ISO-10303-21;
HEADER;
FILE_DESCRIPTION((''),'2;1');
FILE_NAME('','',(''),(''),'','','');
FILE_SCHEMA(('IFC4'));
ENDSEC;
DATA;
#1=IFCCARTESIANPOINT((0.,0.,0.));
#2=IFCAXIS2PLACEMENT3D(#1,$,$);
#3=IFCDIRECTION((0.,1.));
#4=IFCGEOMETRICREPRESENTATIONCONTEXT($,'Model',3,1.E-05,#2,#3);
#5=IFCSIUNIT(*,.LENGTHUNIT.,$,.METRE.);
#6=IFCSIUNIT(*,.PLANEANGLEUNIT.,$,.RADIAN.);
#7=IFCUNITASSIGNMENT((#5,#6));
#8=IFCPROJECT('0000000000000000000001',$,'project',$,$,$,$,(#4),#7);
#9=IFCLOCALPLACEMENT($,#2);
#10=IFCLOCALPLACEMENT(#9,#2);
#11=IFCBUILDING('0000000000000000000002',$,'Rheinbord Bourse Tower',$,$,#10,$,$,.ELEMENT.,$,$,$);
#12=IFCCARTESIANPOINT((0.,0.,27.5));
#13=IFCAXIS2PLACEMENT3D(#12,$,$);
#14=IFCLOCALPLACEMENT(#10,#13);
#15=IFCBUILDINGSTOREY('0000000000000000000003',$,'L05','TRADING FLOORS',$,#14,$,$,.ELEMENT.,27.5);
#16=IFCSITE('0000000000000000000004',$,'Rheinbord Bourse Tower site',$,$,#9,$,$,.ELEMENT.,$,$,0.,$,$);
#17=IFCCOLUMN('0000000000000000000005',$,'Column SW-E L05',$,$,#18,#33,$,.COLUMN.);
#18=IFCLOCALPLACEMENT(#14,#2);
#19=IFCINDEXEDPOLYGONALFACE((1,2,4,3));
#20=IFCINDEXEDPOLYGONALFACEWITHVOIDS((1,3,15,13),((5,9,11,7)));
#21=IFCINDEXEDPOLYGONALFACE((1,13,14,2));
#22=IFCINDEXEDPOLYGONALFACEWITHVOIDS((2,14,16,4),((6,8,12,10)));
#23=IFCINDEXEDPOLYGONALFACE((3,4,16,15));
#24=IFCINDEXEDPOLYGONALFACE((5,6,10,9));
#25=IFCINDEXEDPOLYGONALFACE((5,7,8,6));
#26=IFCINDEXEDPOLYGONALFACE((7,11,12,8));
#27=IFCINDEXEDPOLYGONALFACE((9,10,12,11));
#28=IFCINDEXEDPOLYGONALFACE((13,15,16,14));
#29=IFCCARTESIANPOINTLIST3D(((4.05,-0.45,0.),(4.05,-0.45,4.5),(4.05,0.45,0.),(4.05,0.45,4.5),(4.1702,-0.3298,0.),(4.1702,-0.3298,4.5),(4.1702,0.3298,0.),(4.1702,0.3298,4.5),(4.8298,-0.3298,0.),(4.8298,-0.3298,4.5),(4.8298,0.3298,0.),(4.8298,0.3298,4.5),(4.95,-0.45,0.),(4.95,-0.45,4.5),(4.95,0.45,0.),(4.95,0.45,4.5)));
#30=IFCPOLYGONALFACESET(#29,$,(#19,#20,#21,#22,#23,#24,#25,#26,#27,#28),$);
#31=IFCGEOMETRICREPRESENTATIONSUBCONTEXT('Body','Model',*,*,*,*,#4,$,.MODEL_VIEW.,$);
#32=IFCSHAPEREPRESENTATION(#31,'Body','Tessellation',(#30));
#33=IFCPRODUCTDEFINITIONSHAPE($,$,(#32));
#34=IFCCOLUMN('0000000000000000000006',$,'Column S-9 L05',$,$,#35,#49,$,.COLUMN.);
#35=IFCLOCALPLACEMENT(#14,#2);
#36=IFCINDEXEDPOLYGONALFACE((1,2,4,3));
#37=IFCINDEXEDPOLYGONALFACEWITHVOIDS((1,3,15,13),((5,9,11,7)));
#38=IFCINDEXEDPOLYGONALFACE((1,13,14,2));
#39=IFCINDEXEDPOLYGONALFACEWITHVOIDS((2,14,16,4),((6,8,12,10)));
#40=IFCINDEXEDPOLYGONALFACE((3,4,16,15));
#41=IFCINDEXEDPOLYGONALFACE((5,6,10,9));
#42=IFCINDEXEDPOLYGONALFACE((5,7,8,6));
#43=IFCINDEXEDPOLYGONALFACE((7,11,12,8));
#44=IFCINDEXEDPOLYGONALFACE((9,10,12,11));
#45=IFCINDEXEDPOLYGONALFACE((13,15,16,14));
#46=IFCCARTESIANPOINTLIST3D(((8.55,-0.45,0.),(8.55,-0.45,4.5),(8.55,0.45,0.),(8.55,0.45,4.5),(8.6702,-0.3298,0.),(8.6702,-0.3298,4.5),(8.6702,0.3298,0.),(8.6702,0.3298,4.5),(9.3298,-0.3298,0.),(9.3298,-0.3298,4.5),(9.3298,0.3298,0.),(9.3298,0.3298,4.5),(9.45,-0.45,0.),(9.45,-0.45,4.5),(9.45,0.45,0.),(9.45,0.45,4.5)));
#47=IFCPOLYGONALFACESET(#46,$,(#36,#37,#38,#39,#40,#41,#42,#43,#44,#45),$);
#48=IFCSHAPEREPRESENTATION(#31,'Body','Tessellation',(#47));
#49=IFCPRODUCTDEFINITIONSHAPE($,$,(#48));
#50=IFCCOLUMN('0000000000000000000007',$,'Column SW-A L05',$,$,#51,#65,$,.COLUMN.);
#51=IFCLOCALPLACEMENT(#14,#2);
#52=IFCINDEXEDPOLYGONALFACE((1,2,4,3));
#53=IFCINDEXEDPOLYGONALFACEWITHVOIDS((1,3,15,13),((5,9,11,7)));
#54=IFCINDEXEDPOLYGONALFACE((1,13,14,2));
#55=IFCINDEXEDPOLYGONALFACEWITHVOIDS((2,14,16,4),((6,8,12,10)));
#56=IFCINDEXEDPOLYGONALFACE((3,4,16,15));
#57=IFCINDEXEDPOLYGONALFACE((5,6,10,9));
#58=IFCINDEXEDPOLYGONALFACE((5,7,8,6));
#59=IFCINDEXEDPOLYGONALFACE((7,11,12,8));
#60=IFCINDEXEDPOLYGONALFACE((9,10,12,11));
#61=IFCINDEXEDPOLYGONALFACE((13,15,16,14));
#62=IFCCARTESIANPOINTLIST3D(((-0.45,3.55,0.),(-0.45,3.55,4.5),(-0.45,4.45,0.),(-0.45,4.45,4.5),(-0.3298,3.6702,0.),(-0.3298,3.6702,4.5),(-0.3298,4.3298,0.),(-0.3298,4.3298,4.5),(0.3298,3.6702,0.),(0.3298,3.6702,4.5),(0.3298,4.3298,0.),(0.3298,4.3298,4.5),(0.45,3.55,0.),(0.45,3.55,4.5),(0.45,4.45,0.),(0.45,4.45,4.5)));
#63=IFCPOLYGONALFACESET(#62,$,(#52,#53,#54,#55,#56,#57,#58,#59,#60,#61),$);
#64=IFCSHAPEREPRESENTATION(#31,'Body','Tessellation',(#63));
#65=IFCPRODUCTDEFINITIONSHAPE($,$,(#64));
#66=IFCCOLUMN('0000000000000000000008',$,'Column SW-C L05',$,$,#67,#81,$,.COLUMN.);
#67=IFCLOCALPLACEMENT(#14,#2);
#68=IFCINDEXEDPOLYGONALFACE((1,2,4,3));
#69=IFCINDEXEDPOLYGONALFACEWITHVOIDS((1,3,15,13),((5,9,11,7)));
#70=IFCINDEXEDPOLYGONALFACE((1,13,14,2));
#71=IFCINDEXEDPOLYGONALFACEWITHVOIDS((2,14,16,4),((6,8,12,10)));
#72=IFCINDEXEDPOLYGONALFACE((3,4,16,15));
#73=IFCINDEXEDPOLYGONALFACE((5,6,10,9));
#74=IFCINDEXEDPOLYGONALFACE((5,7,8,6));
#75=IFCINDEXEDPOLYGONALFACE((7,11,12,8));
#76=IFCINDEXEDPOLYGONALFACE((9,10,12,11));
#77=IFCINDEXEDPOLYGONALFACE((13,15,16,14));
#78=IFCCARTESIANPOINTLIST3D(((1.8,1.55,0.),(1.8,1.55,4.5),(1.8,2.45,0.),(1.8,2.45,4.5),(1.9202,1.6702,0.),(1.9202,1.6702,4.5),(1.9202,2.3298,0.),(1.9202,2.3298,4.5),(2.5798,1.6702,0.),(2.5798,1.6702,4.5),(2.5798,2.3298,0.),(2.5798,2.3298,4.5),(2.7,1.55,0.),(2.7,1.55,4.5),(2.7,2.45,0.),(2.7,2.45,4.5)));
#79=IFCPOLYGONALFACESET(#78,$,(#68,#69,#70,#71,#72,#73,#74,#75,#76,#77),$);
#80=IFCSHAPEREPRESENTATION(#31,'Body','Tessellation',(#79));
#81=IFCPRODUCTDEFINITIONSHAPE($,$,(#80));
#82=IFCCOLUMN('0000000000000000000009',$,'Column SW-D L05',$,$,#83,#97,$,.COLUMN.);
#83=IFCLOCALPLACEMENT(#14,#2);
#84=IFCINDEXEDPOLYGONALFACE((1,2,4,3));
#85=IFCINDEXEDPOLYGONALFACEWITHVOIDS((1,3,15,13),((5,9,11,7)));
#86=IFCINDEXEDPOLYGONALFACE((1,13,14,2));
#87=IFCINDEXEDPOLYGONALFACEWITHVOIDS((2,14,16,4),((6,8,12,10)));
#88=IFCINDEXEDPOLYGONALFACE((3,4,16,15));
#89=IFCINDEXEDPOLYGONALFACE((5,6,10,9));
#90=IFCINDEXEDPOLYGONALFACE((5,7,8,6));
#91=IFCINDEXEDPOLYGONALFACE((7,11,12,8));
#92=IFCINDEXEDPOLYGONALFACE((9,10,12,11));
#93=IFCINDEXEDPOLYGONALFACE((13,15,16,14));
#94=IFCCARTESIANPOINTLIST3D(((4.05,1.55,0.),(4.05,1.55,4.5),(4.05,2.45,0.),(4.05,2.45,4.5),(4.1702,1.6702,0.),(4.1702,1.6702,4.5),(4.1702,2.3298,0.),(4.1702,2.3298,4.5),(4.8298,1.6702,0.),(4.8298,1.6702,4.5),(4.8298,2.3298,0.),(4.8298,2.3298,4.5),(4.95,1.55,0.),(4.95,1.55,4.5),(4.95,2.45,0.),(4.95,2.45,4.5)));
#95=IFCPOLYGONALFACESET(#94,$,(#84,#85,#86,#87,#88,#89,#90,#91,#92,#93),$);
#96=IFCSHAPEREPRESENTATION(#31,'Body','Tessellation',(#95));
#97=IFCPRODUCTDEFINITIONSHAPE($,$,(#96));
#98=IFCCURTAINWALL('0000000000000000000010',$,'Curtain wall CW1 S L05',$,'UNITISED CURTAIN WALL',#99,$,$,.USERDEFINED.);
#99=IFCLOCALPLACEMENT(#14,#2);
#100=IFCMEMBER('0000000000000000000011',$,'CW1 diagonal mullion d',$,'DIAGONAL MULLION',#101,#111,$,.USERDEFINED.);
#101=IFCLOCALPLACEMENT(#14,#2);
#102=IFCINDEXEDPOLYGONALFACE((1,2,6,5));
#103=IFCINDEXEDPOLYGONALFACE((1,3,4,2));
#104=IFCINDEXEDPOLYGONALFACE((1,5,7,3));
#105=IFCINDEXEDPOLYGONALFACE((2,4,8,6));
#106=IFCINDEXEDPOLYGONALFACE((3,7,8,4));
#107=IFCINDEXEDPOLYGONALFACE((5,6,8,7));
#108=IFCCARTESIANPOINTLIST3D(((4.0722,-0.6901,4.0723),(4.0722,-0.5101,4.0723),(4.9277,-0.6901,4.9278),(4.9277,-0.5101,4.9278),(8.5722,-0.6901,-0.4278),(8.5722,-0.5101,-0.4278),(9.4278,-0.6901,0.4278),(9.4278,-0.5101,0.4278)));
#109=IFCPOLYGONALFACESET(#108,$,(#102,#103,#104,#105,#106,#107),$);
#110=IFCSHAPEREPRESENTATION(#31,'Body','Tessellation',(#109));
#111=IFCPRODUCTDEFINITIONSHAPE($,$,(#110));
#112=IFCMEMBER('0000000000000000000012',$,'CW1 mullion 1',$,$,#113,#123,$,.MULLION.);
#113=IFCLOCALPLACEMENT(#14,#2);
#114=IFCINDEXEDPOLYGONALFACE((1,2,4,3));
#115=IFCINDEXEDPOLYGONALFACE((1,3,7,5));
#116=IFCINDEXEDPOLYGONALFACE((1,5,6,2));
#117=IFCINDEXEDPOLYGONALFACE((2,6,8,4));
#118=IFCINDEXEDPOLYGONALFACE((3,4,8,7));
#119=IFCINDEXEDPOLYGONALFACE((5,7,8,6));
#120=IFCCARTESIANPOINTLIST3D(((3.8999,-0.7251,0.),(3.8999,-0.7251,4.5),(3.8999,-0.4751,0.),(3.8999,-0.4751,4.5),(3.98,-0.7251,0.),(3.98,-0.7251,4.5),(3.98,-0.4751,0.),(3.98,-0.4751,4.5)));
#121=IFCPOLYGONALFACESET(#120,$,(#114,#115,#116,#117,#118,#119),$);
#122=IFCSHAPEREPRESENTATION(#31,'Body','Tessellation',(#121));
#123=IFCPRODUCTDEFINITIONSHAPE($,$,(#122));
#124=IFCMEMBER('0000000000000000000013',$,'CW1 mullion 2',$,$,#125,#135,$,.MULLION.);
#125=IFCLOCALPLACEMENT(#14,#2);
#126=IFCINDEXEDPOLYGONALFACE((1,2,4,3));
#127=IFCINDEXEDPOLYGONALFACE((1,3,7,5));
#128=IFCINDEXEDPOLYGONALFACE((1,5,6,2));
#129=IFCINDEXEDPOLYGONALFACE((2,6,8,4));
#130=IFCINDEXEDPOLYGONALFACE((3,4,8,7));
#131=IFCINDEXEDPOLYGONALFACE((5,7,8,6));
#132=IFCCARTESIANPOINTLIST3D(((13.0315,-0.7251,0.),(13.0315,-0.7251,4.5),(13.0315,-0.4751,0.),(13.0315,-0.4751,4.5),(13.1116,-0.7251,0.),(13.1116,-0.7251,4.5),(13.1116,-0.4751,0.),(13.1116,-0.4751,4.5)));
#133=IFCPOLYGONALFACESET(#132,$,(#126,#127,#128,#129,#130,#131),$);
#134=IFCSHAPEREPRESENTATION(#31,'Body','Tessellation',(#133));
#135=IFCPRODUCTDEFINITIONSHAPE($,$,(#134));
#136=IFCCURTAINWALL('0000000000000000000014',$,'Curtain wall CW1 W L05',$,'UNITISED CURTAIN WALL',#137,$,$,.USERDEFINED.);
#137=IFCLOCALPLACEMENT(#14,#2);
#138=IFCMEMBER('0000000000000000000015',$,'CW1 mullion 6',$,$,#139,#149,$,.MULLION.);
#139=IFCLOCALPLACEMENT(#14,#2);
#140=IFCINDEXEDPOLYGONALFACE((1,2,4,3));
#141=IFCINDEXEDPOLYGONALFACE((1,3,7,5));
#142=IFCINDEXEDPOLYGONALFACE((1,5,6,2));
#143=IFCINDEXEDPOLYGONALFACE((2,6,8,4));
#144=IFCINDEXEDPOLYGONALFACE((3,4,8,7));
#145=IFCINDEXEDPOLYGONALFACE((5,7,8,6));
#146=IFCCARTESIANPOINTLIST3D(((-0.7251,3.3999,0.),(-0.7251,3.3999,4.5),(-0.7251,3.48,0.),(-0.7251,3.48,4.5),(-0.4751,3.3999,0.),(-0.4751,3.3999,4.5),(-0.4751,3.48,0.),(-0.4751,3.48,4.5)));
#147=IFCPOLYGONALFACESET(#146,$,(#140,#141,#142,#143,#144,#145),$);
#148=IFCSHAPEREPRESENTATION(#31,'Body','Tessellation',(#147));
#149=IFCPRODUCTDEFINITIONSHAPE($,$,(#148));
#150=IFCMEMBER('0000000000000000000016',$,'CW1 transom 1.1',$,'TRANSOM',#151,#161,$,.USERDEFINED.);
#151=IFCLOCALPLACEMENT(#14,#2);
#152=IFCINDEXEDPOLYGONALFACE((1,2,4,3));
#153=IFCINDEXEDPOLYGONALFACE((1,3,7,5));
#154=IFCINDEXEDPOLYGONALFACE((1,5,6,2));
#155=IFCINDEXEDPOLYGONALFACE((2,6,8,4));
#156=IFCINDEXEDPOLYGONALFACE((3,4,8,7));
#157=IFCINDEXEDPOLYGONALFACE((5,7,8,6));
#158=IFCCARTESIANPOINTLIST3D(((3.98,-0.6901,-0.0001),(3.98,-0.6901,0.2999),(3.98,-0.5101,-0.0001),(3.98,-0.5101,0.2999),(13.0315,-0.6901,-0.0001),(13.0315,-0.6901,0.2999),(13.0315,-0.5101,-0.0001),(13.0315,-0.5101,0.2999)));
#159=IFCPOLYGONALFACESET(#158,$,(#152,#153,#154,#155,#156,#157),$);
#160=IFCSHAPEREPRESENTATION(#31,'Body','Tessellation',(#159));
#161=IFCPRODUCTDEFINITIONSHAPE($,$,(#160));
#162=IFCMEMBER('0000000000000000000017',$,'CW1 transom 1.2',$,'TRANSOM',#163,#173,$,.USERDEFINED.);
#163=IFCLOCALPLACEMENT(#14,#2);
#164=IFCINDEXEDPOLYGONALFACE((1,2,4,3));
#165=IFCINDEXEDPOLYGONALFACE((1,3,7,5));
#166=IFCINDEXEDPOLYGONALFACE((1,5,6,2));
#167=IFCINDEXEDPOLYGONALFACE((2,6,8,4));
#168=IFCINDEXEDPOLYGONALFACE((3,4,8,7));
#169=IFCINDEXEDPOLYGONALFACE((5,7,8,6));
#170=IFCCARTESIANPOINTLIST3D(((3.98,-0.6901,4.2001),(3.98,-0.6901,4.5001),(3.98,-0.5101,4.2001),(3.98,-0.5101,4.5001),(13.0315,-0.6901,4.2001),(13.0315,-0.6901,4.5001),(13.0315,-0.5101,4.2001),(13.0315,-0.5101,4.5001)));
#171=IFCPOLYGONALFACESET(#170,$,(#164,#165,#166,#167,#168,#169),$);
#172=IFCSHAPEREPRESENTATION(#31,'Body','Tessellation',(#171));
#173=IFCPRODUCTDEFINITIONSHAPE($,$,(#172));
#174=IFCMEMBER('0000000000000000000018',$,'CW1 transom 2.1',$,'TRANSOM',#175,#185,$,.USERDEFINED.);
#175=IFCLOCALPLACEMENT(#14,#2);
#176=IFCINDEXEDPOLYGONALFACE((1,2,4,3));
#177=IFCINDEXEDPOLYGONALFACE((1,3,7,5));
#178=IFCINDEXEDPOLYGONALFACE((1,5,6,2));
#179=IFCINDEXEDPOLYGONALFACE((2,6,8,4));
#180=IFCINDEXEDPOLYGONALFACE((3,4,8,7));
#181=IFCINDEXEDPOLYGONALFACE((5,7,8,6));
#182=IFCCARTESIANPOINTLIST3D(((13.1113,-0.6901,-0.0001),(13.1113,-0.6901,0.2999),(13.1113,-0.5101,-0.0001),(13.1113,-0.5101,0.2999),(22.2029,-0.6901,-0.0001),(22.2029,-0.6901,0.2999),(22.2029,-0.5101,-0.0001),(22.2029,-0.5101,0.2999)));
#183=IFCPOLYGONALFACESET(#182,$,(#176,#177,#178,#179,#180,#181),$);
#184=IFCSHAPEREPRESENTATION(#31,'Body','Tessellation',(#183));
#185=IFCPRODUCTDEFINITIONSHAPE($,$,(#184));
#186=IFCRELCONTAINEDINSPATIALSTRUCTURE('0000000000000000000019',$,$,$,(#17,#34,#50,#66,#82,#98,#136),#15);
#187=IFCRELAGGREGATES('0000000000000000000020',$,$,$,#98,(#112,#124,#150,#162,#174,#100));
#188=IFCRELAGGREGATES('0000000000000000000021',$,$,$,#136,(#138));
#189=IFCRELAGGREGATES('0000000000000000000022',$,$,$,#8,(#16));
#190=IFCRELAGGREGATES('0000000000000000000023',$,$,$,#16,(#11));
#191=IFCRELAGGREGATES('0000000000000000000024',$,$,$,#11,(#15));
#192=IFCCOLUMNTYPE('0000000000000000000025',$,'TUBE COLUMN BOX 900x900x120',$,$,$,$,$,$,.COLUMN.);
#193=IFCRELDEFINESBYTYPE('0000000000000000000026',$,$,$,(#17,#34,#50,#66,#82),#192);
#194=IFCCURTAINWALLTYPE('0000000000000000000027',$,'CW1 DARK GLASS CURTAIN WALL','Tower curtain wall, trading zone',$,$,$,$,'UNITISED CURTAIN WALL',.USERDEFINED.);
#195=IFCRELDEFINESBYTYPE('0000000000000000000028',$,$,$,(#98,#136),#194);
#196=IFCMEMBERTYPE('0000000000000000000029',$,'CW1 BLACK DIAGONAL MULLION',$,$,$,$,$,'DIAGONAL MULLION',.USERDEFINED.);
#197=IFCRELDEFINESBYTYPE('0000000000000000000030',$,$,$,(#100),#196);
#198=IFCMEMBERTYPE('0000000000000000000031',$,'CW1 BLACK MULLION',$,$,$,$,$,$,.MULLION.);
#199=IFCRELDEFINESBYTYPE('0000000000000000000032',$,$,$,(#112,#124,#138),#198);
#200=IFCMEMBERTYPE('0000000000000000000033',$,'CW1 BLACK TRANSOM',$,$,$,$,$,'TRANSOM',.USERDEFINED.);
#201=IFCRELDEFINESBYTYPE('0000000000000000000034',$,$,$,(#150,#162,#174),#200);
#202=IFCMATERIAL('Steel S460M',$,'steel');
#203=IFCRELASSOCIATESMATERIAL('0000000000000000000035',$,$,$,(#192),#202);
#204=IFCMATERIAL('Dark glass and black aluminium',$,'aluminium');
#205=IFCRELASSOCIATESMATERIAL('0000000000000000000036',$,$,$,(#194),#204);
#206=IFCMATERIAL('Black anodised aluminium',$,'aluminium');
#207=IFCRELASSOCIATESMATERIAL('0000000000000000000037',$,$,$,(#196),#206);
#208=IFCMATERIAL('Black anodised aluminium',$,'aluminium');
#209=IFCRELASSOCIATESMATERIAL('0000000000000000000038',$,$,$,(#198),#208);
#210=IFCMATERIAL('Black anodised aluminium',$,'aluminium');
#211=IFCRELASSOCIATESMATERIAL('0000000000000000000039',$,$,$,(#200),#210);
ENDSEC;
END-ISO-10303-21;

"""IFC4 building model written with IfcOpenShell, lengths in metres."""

from ifc_helpers import new_model, si_unit, direction, frame, origin, origin_2d, place, context, subcontext, project, spatial, rectangle, hollow_rectangle, extrude, material, material_profile, profile_set, type_object, element, aggregate, save


model = new_model("IFC4")

# Units and contexts
model_context = context("Model", 3, precision=1e-05, world=origin(), true_north=direction((0.0, 1.0)))
body_context = subcontext(model_context, "Body", "Model", "MODEL_VIEW")
ifc_project = project(units=[si_unit("LENGTHUNIT", "METRE"), si_unit("PLANEANGLEUNIT", "RADIAN")], contexts=[model_context])

# Site, building, storey
site_placement = place(None, origin())
site = spatial("IfcSite", under=ifc_project, at=site_placement, Name="Rheinbord Bourse Tower site", CompositionType="ELEMENT", RefElevation=0.0)
building_placement = place(site_placement, origin())
building = spatial("IfcBuilding", under=site, at=building_placement, Name="Rheinbord Bourse Tower", CompositionType="ELEMENT")
storey_placement = place(building_placement, frame((0.0, 0.0, 27.5)))
storey = spatial("IfcBuildingStorey", under=building, at=storey_placement, Name="L05", Description="TRADING FLOORS", CompositionType="ELEMENT", Elevation=27.5)

# Columns
ifc_material_1 = material(Name="Steel S460M", Category="steel")
ifc_material_profile_1 = material_profile(ifc_material_1, hollow_rectangle(XDim=0.8999, YDim=0.8999, WallThickness=0.1201, at=origin_2d()), Name="BOX 900x900x120")
ifc_profile_set_1 = profile_set([ifc_material_profile_1], Name="Steel S460M")
column_type = type_object("IfcColumnType", Name="TUBE COLUMN BOX 900x900x120", PredefinedType="COLUMN", material=ifc_profile_set_1)
for number, where, z_axis, x_axis, name in (
    (1, (4.5, 0.0, 0.0), (0.0, 0.0, 1.0), (0.0, 1.0, 0.0), "Column SW-E L05"),
    (2, (9.0, 0.0, 0.0), (0.0, 0.0, 1.0), (0.0, 1.0, 0.0), "Column S-9 L05"),
    (3, (0.0, 4.0, 0.0), (0.0, 0.0, 1.0), (1.0, 0.0, 0.0), "Column SW-A L05"),
    (4, (2.25, 2.0, 0.0), (0.0, 0.0, 1.0), (1.0, 0.0, 0.0), "Column SW-C L05"),
    (5, (4.5, 2.0, 0.0), (0.0, 0.0, 1.0), (0.0, 1.0, 0.0), "Column SW-D L05"),
):
    element("IfcColumn", number, at=place(storey_placement, frame(where, z_axis=z_axis, x_axis=x_axis)), inside=storey, type_object=column_type, Name=name, PredefinedType="COLUMN", context=body_context, shape_type="SweptSolid", body=[
        extrude(hollow_rectangle(XDim=0.8999, YDim=0.8999, WallThickness=0.1201, at=origin_2d()), origin(), (0.0, 0.0, 1.0), 4.5),
    ])

# Curtain wall, members
ifc_material_2 = material(Name="Dark glass and black aluminium", Category="aluminium")
curtain_wall_type = type_object("IfcCurtainWallType", Name="CW1 DARK GLASS CURTAIN WALL", Description="Tower curtain wall, trading zone", ElementType="UNITISED CURTAIN WALL", PredefinedType="USERDEFINED", material=ifc_material_2)
curtain_wall_1_placement = place(storey_placement, origin())
curtain_wall_1 = element("IfcCurtainWall", 6, at=curtain_wall_1_placement, inside=storey, type_object=curtain_wall_type, Name="Curtain wall CW1 S L05", ObjectType="UNITISED CURTAIN WALL", PredefinedType="USERDEFINED")
ifc_material_3 = material(Name="Black anodised aluminium", Category="aluminium")
ifc_material_profile_2 = material_profile(ifc_material_3, rectangle(XDim=0.1799, YDim=1.21, at=origin_2d()), Name="CW1 DIAGONAL MULLION 1210x180")
ifc_profile_set_2 = profile_set([ifc_material_profile_2], Name="Black anodised aluminium")
member_type_1 = type_object("IfcMemberType", Name="CW1 BLACK DIAGONAL MULLION", ElementType="DIAGONAL MULLION", PredefinedType="USERDEFINED", material=ifc_profile_set_2)
member_1_placement = place(storey_placement, frame((9.0, -0.6001, 0.0), z_axis=(-0.707107, 0.0, 0.707107), x_axis=(0.0, -1.0, 0.0)))
member_1 = element("IfcMember", 7, at=member_1_placement, type_object=member_type_1, Name="CW1 diagonal mullion d", ObjectType="DIAGONAL MULLION", PredefinedType="USERDEFINED", context=body_context, shape_type="SweptSolid", body=[
    extrude(rectangle(XDim=0.1799, YDim=1.21, at=origin_2d()), origin(), (0.0, 0.0, 1.0), 6.364),
])
ifc_material_4 = material(Name="Black anodised aluminium", Category="aluminium")
ifc_material_profile_3 = material_profile(ifc_material_4, rectangle(XDim=0.25, YDim=0.0801, at=origin_2d()), Name="CW1 MULLION 80x250")
ifc_profile_set_3 = profile_set([ifc_material_profile_3], Name="Black anodised aluminium")
member_type_2 = type_object("IfcMemberType", Name="CW1 BLACK MULLION", PredefinedType="MULLION", material=ifc_profile_set_3)
member_2_placement = place(storey_placement, frame((3.9399, -0.6001, 0.0), z_axis=(0.0, 0.0, 1.0), x_axis=(0.0, 1.0, 0.0)))
member_2 = element("IfcMember", 8, at=member_2_placement, type_object=member_type_2, Name="CW1 mullion 1", PredefinedType="MULLION", context=body_context, shape_type="SweptSolid", body=[
    extrude(rectangle(XDim=0.25, YDim=0.0801, at=origin_2d()), origin(), (0.0, 0.0, 1.0), 4.5),
])
member_3_placement = place(storey_placement, frame((13.0715, -0.6001, 0.0), z_axis=(0.0, 0.0, 1.0), x_axis=(0.0, 1.0, 0.0)))
member_3 = element("IfcMember", 9, at=member_3_placement, type_object=member_type_2, Name="CW1 mullion 2", PredefinedType="MULLION", context=body_context, shape_type="SweptSolid", body=[
    extrude(rectangle(XDim=0.25, YDim=0.0801, at=origin_2d()), origin(), (0.0, 0.0, 1.0), 4.5),
])

# Curtain wall, member
curtain_wall_2_placement = place(storey_placement, origin())
curtain_wall_2 = element("IfcCurtainWall", 10, at=curtain_wall_2_placement, inside=storey, type_object=curtain_wall_type, Name="Curtain wall CW1 W L05", ObjectType="UNITISED CURTAIN WALL", PredefinedType="USERDEFINED")
member_4_placement = place(storey_placement, frame((-0.6001, 3.4399, 0.0), z_axis=(0.0, 0.0, 1.0), x_axis=(1.0, 0.0, 0.0)))
member_4 = element("IfcMember", 11, at=member_4_placement, type_object=member_type_2, Name="CW1 mullion 6", PredefinedType="MULLION", context=body_context, shape_type="SweptSolid", body=[
    extrude(rectangle(XDim=0.25, YDim=0.0801, at=origin_2d()), origin(), (0.0, 0.0, 1.0), 4.5),
])

# Members
ifc_material_5 = material(Name="Black anodised aluminium", Category="aluminium")
ifc_material_profile_4 = material_profile(ifc_material_5, rectangle(XDim=0.1799, YDim=0.3, at=origin_2d()), Name="CW1 TRANSOM 300x180")
ifc_profile_set_4 = profile_set([ifc_material_profile_4], Name="Black anodised aluminium")
member_type_3 = type_object("IfcMemberType", Name="CW1 BLACK TRANSOM", ElementType="TRANSOM", PredefinedType="USERDEFINED", material=ifc_profile_set_4)
member_5_placement = place(storey_placement, frame((3.98, -0.6001, 0.1499), z_axis=(1.0, 0.0, 0.0), x_axis=(0.0, 1.0, 0.0)))
member_5 = element("IfcMember", 12, at=member_5_placement, type_object=member_type_3, Name="CW1 transom 1.1", ObjectType="TRANSOM", PredefinedType="USERDEFINED", context=body_context, shape_type="SweptSolid", body=[
    extrude(rectangle(XDim=0.1799, YDim=0.3, at=origin_2d()), origin(), (0.0, 0.0, 1.0), 9.0515),
])
member_6_placement = place(storey_placement, frame((3.98, -0.6001, 4.3501), z_axis=(1.0, 0.0, 0.0), x_axis=(0.0, 1.0, 0.0)))
member_6 = element("IfcMember", 13, at=member_6_placement, type_object=member_type_3, Name="CW1 transom 1.2", ObjectType="TRANSOM", PredefinedType="USERDEFINED", context=body_context, shape_type="SweptSolid", body=[
    extrude(rectangle(XDim=0.1799, YDim=0.3, at=origin_2d()), origin(), (0.0, 0.0, 1.0), 9.0515),
])
member_7_placement = place(storey_placement, frame((13.1113, -0.6001, 0.1499), z_axis=(1.0, 0.0, 0.0), x_axis=(0.0, 1.0, 0.0)))
member_7 = element("IfcMember", 14, at=member_7_placement, type_object=member_type_3, Name="CW1 transom 2.1", ObjectType="TRANSOM", PredefinedType="USERDEFINED", context=body_context, shape_type="SweptSolid", body=[
    extrude(rectangle(XDim=0.1799, YDim=0.3, at=origin_2d()), origin(), (0.0, 0.0, 1.0), 9.0916),
])

aggregate(curtain_wall_1, [member_2, member_3, member_5, member_6, member_7, member_1])
aggregate(curtain_wall_2, [member_4])

save(model, "model.ifc")
